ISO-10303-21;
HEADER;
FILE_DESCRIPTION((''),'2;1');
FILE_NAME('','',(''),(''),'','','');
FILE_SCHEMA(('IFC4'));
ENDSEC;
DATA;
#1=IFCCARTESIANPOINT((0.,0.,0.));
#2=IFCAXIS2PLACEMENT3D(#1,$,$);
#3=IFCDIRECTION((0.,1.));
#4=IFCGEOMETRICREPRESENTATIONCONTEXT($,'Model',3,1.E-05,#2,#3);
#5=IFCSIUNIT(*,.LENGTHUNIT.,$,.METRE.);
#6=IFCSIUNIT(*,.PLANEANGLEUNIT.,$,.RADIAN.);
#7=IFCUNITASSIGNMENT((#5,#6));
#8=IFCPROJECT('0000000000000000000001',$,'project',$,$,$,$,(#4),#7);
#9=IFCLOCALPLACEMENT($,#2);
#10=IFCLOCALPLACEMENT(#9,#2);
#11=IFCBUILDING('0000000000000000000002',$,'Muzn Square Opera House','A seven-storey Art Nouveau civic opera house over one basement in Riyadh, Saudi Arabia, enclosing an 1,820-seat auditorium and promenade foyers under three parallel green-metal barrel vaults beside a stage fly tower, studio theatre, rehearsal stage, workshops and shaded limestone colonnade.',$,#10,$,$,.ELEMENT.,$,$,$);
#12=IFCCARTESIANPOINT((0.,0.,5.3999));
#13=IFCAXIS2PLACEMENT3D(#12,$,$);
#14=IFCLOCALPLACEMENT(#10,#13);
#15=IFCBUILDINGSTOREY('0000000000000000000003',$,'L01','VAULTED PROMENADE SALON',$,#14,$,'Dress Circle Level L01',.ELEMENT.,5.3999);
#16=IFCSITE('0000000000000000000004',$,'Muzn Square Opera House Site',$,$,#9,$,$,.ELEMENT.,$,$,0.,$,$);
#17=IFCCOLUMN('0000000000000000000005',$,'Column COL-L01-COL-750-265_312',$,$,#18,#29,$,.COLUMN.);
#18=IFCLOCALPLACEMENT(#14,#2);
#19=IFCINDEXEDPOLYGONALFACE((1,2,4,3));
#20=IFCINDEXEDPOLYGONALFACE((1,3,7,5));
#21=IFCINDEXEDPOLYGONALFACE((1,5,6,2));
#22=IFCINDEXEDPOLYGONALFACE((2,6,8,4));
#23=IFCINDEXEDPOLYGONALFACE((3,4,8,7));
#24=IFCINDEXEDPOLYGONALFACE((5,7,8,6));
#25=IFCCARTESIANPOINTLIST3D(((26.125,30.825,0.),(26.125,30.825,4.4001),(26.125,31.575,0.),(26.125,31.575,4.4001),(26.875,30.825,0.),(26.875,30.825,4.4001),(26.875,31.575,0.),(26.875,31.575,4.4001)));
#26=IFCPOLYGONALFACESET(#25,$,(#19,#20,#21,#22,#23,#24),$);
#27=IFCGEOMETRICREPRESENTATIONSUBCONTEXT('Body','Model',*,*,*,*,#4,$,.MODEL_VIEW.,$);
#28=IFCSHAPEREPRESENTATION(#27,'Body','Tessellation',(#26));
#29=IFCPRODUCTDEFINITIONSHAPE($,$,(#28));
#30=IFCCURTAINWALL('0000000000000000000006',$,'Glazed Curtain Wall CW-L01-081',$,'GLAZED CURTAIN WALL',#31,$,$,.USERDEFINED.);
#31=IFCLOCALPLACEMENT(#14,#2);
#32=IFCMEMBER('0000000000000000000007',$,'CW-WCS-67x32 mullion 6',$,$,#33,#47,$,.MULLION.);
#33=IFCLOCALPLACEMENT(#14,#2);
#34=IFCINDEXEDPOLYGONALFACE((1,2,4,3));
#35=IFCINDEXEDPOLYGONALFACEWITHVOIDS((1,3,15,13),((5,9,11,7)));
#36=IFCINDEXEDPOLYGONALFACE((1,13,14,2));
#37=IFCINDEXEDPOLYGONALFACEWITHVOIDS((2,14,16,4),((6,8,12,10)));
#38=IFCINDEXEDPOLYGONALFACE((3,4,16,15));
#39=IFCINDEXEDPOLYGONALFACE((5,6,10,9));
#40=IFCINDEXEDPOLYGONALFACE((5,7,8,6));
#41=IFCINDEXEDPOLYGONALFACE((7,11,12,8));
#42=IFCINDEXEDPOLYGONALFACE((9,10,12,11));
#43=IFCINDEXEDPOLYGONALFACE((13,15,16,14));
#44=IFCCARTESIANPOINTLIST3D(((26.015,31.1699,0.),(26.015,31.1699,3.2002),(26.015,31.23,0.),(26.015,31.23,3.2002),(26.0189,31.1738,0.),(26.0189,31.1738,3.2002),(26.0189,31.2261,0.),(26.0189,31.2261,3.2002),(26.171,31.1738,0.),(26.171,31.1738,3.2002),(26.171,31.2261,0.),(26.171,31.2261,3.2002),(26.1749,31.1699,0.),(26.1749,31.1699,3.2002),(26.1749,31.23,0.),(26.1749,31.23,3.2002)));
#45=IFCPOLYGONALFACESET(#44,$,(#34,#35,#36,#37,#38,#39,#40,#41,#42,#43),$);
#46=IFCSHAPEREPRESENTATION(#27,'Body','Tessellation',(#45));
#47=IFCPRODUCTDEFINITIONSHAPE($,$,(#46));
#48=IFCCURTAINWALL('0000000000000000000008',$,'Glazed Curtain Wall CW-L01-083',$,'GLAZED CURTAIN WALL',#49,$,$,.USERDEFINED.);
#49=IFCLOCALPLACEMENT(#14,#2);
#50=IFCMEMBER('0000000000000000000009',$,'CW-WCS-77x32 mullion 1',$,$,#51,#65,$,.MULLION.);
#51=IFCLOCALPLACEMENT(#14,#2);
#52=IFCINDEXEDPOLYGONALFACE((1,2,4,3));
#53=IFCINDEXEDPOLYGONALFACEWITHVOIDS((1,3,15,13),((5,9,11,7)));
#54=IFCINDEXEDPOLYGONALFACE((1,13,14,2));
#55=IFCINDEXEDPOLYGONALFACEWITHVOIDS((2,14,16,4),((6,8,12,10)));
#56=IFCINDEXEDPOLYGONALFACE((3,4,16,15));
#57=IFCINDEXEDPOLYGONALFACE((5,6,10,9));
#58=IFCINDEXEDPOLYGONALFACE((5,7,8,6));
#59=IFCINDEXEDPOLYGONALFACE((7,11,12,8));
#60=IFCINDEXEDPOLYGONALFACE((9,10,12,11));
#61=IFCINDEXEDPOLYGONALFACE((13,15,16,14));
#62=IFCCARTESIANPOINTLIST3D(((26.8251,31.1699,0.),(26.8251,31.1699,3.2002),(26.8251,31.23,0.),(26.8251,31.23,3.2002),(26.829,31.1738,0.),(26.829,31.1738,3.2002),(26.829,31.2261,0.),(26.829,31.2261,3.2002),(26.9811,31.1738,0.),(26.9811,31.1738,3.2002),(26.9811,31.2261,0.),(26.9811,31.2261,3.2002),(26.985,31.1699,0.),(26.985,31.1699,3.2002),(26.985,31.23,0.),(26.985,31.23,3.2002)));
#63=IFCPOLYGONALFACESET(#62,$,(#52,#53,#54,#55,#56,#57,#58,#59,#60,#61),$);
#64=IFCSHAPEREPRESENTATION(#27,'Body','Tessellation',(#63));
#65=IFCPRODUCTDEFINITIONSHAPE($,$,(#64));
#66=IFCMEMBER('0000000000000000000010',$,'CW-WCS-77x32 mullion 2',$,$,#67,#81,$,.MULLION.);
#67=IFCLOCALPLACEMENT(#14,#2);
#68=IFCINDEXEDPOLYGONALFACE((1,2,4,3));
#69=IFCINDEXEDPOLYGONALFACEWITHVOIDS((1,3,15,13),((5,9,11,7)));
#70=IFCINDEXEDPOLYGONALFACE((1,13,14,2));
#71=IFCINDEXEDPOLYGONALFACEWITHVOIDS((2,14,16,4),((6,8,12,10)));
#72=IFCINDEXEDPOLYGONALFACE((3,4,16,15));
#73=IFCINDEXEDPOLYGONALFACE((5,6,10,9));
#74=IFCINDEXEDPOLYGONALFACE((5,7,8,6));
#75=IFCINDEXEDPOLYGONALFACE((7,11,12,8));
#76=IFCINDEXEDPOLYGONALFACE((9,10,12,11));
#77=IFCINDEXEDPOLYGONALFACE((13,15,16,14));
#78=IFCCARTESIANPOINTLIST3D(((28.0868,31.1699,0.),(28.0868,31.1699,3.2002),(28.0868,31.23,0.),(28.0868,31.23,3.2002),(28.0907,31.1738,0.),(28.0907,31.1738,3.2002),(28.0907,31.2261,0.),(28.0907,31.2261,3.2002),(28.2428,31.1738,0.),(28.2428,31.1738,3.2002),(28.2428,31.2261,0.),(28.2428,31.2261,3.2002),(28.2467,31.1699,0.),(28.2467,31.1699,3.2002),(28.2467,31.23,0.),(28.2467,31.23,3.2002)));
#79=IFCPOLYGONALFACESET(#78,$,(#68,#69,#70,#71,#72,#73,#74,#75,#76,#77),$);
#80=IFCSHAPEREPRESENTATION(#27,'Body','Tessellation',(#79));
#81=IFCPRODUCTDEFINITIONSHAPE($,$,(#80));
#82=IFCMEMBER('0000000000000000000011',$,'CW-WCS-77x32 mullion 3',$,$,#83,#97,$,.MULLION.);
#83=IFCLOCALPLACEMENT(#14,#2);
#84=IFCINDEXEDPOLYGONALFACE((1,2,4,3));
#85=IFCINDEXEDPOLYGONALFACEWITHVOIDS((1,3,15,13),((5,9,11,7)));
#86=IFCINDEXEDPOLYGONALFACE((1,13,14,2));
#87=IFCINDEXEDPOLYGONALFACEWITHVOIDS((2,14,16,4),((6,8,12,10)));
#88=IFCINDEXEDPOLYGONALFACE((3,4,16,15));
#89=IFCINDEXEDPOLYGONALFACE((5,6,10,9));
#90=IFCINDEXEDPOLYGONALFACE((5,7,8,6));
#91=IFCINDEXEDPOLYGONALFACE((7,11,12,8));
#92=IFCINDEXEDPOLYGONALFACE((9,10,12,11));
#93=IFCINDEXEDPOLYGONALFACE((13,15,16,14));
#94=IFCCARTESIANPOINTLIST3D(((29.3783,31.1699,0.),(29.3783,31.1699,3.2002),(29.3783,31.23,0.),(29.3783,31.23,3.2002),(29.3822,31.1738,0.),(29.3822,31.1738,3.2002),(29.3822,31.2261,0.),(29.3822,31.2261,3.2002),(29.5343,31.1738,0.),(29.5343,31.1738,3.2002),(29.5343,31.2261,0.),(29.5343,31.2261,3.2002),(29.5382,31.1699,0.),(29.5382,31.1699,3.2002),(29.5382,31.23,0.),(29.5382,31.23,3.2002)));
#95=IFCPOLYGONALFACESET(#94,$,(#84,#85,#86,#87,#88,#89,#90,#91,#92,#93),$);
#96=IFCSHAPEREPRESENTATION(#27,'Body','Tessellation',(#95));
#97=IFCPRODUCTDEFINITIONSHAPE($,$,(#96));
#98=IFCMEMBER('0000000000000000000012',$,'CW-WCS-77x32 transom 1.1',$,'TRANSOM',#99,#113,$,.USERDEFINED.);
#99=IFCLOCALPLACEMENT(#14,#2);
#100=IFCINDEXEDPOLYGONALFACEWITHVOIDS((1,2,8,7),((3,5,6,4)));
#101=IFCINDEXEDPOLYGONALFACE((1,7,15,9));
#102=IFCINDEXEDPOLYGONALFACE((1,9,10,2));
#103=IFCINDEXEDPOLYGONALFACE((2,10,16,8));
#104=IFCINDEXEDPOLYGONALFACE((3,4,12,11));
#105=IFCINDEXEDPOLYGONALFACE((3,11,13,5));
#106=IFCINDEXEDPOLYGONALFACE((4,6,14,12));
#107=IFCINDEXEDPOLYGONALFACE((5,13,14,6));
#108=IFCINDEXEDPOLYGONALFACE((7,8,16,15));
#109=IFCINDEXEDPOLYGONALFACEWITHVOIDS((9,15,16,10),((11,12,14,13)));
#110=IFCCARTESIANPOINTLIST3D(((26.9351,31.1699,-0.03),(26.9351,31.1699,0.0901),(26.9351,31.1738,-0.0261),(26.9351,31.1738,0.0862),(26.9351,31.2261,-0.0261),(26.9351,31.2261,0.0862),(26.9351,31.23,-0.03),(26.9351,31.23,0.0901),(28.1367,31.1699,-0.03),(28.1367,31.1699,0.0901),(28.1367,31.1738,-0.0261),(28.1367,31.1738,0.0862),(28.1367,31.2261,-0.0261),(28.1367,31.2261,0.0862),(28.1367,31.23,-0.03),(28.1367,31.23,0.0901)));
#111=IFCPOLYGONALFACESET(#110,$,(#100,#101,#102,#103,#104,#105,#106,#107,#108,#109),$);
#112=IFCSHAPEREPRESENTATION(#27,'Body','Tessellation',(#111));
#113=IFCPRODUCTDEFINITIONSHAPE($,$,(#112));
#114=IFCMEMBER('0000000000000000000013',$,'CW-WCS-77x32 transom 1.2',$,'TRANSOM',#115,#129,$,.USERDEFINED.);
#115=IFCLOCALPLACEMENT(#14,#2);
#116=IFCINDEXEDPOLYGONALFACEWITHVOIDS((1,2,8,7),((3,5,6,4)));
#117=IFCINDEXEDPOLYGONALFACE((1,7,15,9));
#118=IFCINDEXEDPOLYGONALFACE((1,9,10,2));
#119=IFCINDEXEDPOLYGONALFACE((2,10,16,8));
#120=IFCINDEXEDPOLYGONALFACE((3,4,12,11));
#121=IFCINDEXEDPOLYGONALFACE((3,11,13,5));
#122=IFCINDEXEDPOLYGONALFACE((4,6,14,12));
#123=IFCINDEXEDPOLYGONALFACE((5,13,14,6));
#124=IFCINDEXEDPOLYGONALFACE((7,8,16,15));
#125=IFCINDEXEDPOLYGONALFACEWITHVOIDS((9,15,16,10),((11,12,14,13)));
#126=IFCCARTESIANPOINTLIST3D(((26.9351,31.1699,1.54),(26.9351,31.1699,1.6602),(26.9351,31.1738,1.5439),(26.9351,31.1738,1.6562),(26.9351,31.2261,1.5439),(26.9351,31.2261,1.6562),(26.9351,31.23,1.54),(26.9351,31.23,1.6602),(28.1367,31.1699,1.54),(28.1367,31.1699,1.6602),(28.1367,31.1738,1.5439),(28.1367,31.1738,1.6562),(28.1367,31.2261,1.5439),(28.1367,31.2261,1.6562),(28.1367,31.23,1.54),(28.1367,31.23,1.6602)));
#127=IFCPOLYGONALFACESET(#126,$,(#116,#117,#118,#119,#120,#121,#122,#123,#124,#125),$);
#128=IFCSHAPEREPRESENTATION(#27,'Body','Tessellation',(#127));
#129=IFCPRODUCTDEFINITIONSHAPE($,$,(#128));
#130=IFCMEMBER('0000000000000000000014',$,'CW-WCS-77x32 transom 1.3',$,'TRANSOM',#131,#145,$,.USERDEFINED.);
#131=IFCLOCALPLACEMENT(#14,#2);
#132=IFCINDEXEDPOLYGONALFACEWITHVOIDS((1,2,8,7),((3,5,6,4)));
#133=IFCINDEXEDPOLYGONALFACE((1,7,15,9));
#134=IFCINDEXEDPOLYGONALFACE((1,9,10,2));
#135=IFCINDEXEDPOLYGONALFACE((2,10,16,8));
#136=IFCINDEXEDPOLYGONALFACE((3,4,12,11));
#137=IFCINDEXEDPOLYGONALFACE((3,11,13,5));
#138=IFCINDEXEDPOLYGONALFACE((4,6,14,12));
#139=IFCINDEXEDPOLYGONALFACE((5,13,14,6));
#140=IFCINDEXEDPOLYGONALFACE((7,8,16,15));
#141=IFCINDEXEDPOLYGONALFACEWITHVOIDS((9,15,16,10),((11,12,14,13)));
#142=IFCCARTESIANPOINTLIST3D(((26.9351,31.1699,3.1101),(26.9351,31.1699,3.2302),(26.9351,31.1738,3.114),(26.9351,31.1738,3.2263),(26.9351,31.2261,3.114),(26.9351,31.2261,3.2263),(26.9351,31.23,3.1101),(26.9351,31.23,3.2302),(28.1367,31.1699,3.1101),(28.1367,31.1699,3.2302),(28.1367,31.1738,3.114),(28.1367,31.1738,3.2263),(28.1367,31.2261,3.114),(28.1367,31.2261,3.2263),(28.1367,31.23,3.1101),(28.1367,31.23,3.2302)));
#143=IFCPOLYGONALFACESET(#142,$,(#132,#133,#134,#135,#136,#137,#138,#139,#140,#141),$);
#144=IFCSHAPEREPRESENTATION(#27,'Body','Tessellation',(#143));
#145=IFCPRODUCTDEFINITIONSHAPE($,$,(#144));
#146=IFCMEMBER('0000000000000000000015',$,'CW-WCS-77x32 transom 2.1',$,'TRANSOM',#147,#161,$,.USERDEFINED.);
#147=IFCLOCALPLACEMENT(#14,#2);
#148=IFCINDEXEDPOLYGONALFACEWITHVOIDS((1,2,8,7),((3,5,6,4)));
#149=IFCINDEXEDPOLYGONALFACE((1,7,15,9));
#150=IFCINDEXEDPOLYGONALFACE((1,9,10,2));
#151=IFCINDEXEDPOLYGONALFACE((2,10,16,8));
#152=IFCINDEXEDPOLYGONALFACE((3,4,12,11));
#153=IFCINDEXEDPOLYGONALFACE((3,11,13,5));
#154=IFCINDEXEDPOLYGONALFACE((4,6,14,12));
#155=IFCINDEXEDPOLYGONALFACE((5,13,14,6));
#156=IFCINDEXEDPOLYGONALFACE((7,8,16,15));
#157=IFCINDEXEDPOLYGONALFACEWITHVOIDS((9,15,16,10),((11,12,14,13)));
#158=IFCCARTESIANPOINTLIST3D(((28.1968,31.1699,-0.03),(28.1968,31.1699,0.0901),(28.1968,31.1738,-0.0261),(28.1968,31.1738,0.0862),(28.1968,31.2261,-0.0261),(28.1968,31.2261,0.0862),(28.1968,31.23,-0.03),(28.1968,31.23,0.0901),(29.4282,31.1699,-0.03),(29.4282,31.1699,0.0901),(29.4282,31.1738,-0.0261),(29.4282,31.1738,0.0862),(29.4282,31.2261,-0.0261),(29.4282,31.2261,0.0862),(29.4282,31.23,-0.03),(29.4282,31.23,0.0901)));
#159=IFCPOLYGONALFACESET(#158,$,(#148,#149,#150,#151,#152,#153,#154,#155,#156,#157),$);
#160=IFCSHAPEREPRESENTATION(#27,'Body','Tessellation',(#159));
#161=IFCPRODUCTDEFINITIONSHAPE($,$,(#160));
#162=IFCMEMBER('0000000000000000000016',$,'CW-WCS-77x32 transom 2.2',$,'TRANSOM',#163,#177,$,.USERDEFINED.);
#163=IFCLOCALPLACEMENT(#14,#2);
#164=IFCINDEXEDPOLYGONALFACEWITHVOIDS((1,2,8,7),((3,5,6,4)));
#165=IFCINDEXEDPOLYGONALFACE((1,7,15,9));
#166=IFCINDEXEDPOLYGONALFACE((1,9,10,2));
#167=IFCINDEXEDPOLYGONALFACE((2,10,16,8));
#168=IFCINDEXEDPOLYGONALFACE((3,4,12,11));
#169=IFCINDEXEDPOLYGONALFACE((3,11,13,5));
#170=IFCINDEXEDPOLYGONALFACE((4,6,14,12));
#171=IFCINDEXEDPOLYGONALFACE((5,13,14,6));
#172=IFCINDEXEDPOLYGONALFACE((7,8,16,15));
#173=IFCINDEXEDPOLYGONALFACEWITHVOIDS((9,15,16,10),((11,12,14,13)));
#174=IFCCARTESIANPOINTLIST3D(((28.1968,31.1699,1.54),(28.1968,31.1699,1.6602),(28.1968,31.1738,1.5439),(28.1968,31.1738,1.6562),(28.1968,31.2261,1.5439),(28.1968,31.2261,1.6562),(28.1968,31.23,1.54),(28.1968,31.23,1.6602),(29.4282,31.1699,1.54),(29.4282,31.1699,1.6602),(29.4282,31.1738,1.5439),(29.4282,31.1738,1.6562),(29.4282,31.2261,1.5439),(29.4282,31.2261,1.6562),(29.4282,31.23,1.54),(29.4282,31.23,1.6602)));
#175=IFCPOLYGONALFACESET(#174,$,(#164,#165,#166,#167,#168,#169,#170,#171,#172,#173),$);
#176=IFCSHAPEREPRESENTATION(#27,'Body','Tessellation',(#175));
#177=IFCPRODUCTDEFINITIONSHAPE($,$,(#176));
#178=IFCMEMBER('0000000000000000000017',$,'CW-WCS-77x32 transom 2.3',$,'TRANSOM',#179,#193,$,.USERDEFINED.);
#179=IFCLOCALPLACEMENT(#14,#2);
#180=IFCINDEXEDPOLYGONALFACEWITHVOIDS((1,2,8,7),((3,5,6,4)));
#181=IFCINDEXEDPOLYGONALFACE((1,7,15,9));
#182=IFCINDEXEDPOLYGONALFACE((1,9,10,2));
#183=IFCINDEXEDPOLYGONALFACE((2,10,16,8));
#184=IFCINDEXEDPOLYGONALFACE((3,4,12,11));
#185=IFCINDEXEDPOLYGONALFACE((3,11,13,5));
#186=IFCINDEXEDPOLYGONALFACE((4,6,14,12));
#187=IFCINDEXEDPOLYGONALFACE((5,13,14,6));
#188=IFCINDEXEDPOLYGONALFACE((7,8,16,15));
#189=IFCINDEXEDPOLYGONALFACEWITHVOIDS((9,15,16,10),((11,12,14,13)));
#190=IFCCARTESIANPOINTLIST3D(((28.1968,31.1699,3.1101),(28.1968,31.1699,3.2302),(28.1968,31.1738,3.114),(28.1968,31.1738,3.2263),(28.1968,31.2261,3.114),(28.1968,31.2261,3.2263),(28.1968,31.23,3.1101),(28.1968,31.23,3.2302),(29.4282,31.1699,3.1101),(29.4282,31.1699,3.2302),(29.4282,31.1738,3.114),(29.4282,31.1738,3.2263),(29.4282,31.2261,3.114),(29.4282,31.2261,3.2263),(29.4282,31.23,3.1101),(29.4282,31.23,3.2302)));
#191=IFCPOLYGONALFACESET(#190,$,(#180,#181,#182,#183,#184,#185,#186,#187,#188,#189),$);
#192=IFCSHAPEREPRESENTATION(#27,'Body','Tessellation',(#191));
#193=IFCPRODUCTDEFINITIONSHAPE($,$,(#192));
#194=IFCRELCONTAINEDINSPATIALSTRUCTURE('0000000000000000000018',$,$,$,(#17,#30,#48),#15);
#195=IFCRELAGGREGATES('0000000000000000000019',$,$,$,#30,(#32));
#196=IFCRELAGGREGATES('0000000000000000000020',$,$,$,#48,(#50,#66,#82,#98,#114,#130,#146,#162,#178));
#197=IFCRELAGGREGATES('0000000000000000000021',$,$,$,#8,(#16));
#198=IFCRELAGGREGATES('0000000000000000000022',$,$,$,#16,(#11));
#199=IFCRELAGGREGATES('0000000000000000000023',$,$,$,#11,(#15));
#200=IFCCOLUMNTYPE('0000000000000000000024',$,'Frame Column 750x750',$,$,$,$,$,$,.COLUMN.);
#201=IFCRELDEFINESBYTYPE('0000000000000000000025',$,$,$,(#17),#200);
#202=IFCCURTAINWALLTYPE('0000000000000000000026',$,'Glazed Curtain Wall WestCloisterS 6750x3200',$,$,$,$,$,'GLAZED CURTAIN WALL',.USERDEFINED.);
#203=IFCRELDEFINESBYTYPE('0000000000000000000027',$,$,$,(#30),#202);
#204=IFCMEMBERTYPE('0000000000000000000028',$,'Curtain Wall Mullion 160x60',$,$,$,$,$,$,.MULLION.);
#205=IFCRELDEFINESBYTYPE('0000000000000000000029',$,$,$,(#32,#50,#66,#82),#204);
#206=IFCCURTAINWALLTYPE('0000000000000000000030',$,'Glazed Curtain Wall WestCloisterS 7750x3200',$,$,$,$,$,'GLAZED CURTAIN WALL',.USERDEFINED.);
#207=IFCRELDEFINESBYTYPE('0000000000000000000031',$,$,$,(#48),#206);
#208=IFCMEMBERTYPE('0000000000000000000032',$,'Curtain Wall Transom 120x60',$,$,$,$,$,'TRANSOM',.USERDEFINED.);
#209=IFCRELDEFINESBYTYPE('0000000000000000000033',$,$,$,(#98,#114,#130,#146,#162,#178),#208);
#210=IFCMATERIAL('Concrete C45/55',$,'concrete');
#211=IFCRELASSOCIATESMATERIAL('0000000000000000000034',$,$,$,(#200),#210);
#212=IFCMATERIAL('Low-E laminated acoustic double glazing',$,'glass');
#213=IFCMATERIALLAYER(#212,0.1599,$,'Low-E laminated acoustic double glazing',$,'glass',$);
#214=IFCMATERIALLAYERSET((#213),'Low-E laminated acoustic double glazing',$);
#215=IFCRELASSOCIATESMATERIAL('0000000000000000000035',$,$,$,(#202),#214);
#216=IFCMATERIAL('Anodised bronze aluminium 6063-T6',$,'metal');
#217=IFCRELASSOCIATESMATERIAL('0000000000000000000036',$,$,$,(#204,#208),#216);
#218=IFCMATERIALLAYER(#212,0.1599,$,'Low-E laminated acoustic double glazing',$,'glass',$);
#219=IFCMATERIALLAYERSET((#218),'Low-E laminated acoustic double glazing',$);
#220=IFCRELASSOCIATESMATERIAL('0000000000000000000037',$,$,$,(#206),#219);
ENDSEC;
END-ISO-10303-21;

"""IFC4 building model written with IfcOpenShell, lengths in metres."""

from ifc_helpers import new_model, si_unit, direction, frame, origin, origin_2d, place, context, subcontext, project, spatial, rectangle, hollow_rectangle, extrude, material, layer, layer_set, material_profile, profile_set, type_object, element, aggregate, save


model = new_model("IFC4")

# Units and contexts
model_context = context("Model", 3, precision=1e-05, world=origin(), true_north=direction((0.0, 1.0)))
body_context = subcontext(model_context, "Body", "Model", "MODEL_VIEW")
ifc_project = project(units=[si_unit("LENGTHUNIT", "METRE"), si_unit("PLANEANGLEUNIT", "RADIAN")], contexts=[model_context])

# Site, building, storey
site_placement = place(None, origin())
site = spatial("IfcSite", under=ifc_project, at=site_placement, Name="Muzn Square Opera House Site", CompositionType="ELEMENT", RefElevation=0.0)
building_placement = place(site_placement, origin())
building = spatial("IfcBuilding", under=site, at=building_placement, Name="Muzn Square Opera House", Description="A seven-storey Art Nouveau civic opera house over one basement in Riyadh, Saudi Arabia, enclosing an 1,820-seat auditorium and promenade foyers under three parallel green-metal barrel vaults beside a stage fly tower, studio theatre, rehearsal stage, workshops and shaded limestone colonnade.", CompositionType="ELEMENT")
storey_placement = place(building_placement, frame((0.0, 0.0, 5.3999)))
storey = spatial("IfcBuildingStorey", under=building, at=storey_placement, Name="L01", Description="VAULTED PROMENADE SALON", LongName="Dress Circle Level L01", CompositionType="ELEMENT", Elevation=5.3999)

# Column
ifc_material_1 = material(Name="Concrete C45/55", Category="concrete")
ifc_material_profile_1 = material_profile(ifc_material_1, rectangle(XDim=0.75, YDim=0.75, at=origin_2d()), Name="RC 750x750", Category="concrete")
ifc_profile_set_1 = profile_set([ifc_material_profile_1], Name="Concrete C45/55")
column_type = type_object("IfcColumnType", Name="Frame Column 750x750", PredefinedType="COLUMN", material=ifc_profile_set_1)
column_placement = place(storey_placement, frame((26.5, 31.2, 0.0), z_axis=(0.0, 0.0, 1.0), x_axis=(1.0, 0.0, 0.0)))
element("IfcColumn", 1, at=column_placement, inside=storey, type_object=column_type, Name="Column COL-L01-COL-750-265_312", PredefinedType="COLUMN", context=body_context, shape_type="SweptSolid", body=[
    extrude(rectangle(XDim=0.75, YDim=0.75, at=origin_2d()), origin(), (0.0, 0.0, 1.0), 4.4001),
])

# Curtain wall, member
ifc_material_2 = material(Name="Low-E laminated acoustic double glazing", Category="glass")
ifc_layer_1 = layer(ifc_material_2, 0.1599, Name="Low-E laminated acoustic double glazing", Category="glass")
ifc_layer_set_1 = layer_set([ifc_layer_1], Name="Low-E laminated acoustic double glazing")
curtain_wall_type_1 = type_object("IfcCurtainWallType", Name="Glazed Curtain Wall WestCloisterS 6750x3200", ElementType="GLAZED CURTAIN WALL", PredefinedType="USERDEFINED", material=ifc_layer_set_1)
curtain_wall_1_placement = place(storey_placement, origin())
curtain_wall_1 = element("IfcCurtainWall", 2, at=curtain_wall_1_placement, inside=storey, type_object=curtain_wall_type_1, Name="Glazed Curtain Wall CW-L01-081", ObjectType="GLAZED CURTAIN WALL", PredefinedType="USERDEFINED")
ifc_material_3 = material(Name="Anodised bronze aluminium 6063-T6", Category="metal")
ifc_material_profile_2 = material_profile(ifc_material_3, hollow_rectangle(XDim=0.0601, YDim=0.1599, WallThickness=0.0039, at=origin_2d()), Name="ALU 160x60x4", Category="metal")
ifc_profile_set_2 = profile_set([ifc_material_profile_2], Name="Anodised bronze aluminium 6063-T6")
member_type_1 = type_object("IfcMemberType", Name="Curtain Wall Mullion 160x60", PredefinedType="MULLION", material=ifc_profile_set_2)
member_1_placement = place(storey_placement, frame((26.095, 31.2, 0.0), z_axis=(0.0, 0.0, 1.0), x_axis=(0.0, 1.0, 0.0)))
member_1 = element("IfcMember", 3, at=member_1_placement, type_object=member_type_1, Name="CW-WCS-67x32 mullion 6", PredefinedType="MULLION", context=body_context, shape_type="SweptSolid", body=[
    extrude(hollow_rectangle(XDim=0.0601, YDim=0.1599, WallThickness=0.0039, at=origin_2d()), origin(), (0.0, 0.0, 1.0), 3.2002),
])

# Curtain wall, members
ifc_layer_2 = layer(ifc_material_2, 0.1599, Name="Low-E laminated acoustic double glazing", Category="glass")
ifc_layer_set_2 = layer_set([ifc_layer_2], Name="Low-E laminated acoustic double glazing")
curtain_wall_type_2 = type_object("IfcCurtainWallType", Name="Glazed Curtain Wall WestCloisterS 7750x3200", ElementType="GLAZED CURTAIN WALL", PredefinedType="USERDEFINED", material=ifc_layer_set_2)
curtain_wall_2_placement = place(storey_placement, origin())
curtain_wall_2 = element("IfcCurtainWall", 4, at=curtain_wall_2_placement, inside=storey, type_object=curtain_wall_type_2, Name="Glazed Curtain Wall CW-L01-083", ObjectType="GLAZED CURTAIN WALL", PredefinedType="USERDEFINED")
member_2_placement = place(storey_placement, frame((26.905, 31.2, 0.0), z_axis=(0.0, 0.0, 1.0), x_axis=(0.0, 1.0, 0.0)))
member_2 = element("IfcMember", 5, at=member_2_placement, type_object=member_type_1, Name="CW-WCS-77x32 mullion 1", PredefinedType="MULLION", context=body_context, shape_type="SweptSolid", body=[
    extrude(hollow_rectangle(XDim=0.0601, YDim=0.1599, WallThickness=0.0039, at=origin_2d()), origin(), (0.0, 0.0, 1.0), 3.2002),
])
member_3_placement = place(storey_placement, frame((28.1667, 31.2, 0.0), z_axis=(0.0, 0.0, 1.0), x_axis=(0.0, 1.0, 0.0)))
member_3 = element("IfcMember", 6, at=member_3_placement, type_object=member_type_1, Name="CW-WCS-77x32 mullion 2", PredefinedType="MULLION", context=body_context, shape_type="SweptSolid", body=[
    extrude(hollow_rectangle(XDim=0.0601, YDim=0.1599, WallThickness=0.0039, at=origin_2d()), origin(), (0.0, 0.0, 1.0), 3.2002),
])
member_4_placement = place(storey_placement, frame((29.4583, 31.2, 0.0), z_axis=(0.0, 0.0, 1.0), x_axis=(0.0, 1.0, 0.0)))
member_4 = element("IfcMember", 7, at=member_4_placement, type_object=member_type_1, Name="CW-WCS-77x32 mullion 3", PredefinedType="MULLION", context=body_context, shape_type="SweptSolid", body=[
    extrude(hollow_rectangle(XDim=0.0601, YDim=0.1599, WallThickness=0.0039, at=origin_2d()), origin(), (0.0, 0.0, 1.0), 3.2002),
])
ifc_material_profile_3 = material_profile(ifc_material_3, hollow_rectangle(XDim=0.0601, YDim=0.1201, WallThickness=0.0039, at=origin_2d()), Name="ALU 120x60x4", Category="metal")
ifc_profile_set_3 = profile_set([ifc_material_profile_3], Name="Anodised bronze aluminium 6063-T6")
member_type_2 = type_object("IfcMemberType", Name="Curtain Wall Transom 120x60", ElementType="TRANSOM", PredefinedType="USERDEFINED", material=ifc_profile_set_3)
member_5_placement = place(storey_placement, frame((26.9351, 31.2, 0.03), z_axis=(1.0, 0.0, 0.0), x_axis=(0.0, 1.0, 0.0)))
member_5 = element("IfcMember", 8, at=member_5_placement, type_object=member_type_2, Name="CW-WCS-77x32 transom 1.1", ObjectType="TRANSOM", PredefinedType="USERDEFINED", context=body_context, shape_type="SweptSolid", body=[
    extrude(hollow_rectangle(XDim=0.0601, YDim=0.1201, WallThickness=0.0039, at=origin_2d()), origin(), (0.0, 0.0, 1.0), 1.2017),
])
member_6_placement = place(storey_placement, frame((26.9351, 31.2, 1.6001), z_axis=(1.0, 0.0, 0.0), x_axis=(0.0, 1.0, 0.0)))
member_6 = element("IfcMember", 9, at=member_6_placement, type_object=member_type_2, Name="CW-WCS-77x32 transom 1.2", ObjectType="TRANSOM", PredefinedType="USERDEFINED", context=body_context, shape_type="SweptSolid", body=[
    extrude(hollow_rectangle(XDim=0.0601, YDim=0.1201, WallThickness=0.0039, at=origin_2d()), origin(), (0.0, 0.0, 1.0), 1.2017),
])
member_7_placement = place(storey_placement, frame((26.9351, 31.2, 3.1702), z_axis=(1.0, 0.0, 0.0), x_axis=(0.0, 1.0, 0.0)))
member_7 = element("IfcMember", 10, at=member_7_placement, type_object=member_type_2, Name="CW-WCS-77x32 transom 1.3", ObjectType="TRANSOM", PredefinedType="USERDEFINED", context=body_context, shape_type="SweptSolid", body=[
    extrude(hollow_rectangle(XDim=0.0601, YDim=0.1201, WallThickness=0.0039, at=origin_2d()), origin(), (0.0, 0.0, 1.0), 1.2017),
])
member_8_placement = place(storey_placement, frame((28.1968, 31.2, 0.03), z_axis=(1.0, 0.0, 0.0), x_axis=(0.0, 1.0, 0.0)))
member_8 = element("IfcMember", 11, at=member_8_placement, type_object=member_type_2, Name="CW-WCS-77x32 transom 2.1", ObjectType="TRANSOM", PredefinedType="USERDEFINED", context=body_context, shape_type="SweptSolid", body=[
    extrude(hollow_rectangle(XDim=0.0601, YDim=0.1201, WallThickness=0.0039, at=origin_2d()), origin(), (0.0, 0.0, 1.0), 1.2314),
])
member_9_placement = place(storey_placement, frame((28.1968, 31.2, 1.6001), z_axis=(1.0, 0.0, 0.0), x_axis=(0.0, 1.0, 0.0)))
member_9 = element("IfcMember", 12, at=member_9_placement, type_object=member_type_2, Name="CW-WCS-77x32 transom 2.2", ObjectType="TRANSOM", PredefinedType="USERDEFINED", context=body_context, shape_type="SweptSolid", body=[
    extrude(hollow_rectangle(XDim=0.0601, YDim=0.1201, WallThickness=0.0039, at=origin_2d()), origin(), (0.0, 0.0, 1.0), 1.2314),
])
member_10_placement = place(storey_placement, frame((28.1968, 31.2, 3.1702), z_axis=(1.0, 0.0, 0.0), x_axis=(0.0, 1.0, 0.0)))
member_10 = element("IfcMember", 13, at=member_10_placement, type_object=member_type_2, Name="CW-WCS-77x32 transom 2.3", ObjectType="TRANSOM", PredefinedType="USERDEFINED", context=body_context, shape_type="SweptSolid", body=[
    extrude(hollow_rectangle(XDim=0.0601, YDim=0.1201, WallThickness=0.0039, at=origin_2d()), origin(), (0.0, 0.0, 1.0), 1.2314),
])

aggregate(curtain_wall_1, [member_1])
aggregate(curtain_wall_2, [member_2, member_3, member_4, member_5, member_6, member_7, member_8, member_9, member_10])

save(model, "model.ifc")
